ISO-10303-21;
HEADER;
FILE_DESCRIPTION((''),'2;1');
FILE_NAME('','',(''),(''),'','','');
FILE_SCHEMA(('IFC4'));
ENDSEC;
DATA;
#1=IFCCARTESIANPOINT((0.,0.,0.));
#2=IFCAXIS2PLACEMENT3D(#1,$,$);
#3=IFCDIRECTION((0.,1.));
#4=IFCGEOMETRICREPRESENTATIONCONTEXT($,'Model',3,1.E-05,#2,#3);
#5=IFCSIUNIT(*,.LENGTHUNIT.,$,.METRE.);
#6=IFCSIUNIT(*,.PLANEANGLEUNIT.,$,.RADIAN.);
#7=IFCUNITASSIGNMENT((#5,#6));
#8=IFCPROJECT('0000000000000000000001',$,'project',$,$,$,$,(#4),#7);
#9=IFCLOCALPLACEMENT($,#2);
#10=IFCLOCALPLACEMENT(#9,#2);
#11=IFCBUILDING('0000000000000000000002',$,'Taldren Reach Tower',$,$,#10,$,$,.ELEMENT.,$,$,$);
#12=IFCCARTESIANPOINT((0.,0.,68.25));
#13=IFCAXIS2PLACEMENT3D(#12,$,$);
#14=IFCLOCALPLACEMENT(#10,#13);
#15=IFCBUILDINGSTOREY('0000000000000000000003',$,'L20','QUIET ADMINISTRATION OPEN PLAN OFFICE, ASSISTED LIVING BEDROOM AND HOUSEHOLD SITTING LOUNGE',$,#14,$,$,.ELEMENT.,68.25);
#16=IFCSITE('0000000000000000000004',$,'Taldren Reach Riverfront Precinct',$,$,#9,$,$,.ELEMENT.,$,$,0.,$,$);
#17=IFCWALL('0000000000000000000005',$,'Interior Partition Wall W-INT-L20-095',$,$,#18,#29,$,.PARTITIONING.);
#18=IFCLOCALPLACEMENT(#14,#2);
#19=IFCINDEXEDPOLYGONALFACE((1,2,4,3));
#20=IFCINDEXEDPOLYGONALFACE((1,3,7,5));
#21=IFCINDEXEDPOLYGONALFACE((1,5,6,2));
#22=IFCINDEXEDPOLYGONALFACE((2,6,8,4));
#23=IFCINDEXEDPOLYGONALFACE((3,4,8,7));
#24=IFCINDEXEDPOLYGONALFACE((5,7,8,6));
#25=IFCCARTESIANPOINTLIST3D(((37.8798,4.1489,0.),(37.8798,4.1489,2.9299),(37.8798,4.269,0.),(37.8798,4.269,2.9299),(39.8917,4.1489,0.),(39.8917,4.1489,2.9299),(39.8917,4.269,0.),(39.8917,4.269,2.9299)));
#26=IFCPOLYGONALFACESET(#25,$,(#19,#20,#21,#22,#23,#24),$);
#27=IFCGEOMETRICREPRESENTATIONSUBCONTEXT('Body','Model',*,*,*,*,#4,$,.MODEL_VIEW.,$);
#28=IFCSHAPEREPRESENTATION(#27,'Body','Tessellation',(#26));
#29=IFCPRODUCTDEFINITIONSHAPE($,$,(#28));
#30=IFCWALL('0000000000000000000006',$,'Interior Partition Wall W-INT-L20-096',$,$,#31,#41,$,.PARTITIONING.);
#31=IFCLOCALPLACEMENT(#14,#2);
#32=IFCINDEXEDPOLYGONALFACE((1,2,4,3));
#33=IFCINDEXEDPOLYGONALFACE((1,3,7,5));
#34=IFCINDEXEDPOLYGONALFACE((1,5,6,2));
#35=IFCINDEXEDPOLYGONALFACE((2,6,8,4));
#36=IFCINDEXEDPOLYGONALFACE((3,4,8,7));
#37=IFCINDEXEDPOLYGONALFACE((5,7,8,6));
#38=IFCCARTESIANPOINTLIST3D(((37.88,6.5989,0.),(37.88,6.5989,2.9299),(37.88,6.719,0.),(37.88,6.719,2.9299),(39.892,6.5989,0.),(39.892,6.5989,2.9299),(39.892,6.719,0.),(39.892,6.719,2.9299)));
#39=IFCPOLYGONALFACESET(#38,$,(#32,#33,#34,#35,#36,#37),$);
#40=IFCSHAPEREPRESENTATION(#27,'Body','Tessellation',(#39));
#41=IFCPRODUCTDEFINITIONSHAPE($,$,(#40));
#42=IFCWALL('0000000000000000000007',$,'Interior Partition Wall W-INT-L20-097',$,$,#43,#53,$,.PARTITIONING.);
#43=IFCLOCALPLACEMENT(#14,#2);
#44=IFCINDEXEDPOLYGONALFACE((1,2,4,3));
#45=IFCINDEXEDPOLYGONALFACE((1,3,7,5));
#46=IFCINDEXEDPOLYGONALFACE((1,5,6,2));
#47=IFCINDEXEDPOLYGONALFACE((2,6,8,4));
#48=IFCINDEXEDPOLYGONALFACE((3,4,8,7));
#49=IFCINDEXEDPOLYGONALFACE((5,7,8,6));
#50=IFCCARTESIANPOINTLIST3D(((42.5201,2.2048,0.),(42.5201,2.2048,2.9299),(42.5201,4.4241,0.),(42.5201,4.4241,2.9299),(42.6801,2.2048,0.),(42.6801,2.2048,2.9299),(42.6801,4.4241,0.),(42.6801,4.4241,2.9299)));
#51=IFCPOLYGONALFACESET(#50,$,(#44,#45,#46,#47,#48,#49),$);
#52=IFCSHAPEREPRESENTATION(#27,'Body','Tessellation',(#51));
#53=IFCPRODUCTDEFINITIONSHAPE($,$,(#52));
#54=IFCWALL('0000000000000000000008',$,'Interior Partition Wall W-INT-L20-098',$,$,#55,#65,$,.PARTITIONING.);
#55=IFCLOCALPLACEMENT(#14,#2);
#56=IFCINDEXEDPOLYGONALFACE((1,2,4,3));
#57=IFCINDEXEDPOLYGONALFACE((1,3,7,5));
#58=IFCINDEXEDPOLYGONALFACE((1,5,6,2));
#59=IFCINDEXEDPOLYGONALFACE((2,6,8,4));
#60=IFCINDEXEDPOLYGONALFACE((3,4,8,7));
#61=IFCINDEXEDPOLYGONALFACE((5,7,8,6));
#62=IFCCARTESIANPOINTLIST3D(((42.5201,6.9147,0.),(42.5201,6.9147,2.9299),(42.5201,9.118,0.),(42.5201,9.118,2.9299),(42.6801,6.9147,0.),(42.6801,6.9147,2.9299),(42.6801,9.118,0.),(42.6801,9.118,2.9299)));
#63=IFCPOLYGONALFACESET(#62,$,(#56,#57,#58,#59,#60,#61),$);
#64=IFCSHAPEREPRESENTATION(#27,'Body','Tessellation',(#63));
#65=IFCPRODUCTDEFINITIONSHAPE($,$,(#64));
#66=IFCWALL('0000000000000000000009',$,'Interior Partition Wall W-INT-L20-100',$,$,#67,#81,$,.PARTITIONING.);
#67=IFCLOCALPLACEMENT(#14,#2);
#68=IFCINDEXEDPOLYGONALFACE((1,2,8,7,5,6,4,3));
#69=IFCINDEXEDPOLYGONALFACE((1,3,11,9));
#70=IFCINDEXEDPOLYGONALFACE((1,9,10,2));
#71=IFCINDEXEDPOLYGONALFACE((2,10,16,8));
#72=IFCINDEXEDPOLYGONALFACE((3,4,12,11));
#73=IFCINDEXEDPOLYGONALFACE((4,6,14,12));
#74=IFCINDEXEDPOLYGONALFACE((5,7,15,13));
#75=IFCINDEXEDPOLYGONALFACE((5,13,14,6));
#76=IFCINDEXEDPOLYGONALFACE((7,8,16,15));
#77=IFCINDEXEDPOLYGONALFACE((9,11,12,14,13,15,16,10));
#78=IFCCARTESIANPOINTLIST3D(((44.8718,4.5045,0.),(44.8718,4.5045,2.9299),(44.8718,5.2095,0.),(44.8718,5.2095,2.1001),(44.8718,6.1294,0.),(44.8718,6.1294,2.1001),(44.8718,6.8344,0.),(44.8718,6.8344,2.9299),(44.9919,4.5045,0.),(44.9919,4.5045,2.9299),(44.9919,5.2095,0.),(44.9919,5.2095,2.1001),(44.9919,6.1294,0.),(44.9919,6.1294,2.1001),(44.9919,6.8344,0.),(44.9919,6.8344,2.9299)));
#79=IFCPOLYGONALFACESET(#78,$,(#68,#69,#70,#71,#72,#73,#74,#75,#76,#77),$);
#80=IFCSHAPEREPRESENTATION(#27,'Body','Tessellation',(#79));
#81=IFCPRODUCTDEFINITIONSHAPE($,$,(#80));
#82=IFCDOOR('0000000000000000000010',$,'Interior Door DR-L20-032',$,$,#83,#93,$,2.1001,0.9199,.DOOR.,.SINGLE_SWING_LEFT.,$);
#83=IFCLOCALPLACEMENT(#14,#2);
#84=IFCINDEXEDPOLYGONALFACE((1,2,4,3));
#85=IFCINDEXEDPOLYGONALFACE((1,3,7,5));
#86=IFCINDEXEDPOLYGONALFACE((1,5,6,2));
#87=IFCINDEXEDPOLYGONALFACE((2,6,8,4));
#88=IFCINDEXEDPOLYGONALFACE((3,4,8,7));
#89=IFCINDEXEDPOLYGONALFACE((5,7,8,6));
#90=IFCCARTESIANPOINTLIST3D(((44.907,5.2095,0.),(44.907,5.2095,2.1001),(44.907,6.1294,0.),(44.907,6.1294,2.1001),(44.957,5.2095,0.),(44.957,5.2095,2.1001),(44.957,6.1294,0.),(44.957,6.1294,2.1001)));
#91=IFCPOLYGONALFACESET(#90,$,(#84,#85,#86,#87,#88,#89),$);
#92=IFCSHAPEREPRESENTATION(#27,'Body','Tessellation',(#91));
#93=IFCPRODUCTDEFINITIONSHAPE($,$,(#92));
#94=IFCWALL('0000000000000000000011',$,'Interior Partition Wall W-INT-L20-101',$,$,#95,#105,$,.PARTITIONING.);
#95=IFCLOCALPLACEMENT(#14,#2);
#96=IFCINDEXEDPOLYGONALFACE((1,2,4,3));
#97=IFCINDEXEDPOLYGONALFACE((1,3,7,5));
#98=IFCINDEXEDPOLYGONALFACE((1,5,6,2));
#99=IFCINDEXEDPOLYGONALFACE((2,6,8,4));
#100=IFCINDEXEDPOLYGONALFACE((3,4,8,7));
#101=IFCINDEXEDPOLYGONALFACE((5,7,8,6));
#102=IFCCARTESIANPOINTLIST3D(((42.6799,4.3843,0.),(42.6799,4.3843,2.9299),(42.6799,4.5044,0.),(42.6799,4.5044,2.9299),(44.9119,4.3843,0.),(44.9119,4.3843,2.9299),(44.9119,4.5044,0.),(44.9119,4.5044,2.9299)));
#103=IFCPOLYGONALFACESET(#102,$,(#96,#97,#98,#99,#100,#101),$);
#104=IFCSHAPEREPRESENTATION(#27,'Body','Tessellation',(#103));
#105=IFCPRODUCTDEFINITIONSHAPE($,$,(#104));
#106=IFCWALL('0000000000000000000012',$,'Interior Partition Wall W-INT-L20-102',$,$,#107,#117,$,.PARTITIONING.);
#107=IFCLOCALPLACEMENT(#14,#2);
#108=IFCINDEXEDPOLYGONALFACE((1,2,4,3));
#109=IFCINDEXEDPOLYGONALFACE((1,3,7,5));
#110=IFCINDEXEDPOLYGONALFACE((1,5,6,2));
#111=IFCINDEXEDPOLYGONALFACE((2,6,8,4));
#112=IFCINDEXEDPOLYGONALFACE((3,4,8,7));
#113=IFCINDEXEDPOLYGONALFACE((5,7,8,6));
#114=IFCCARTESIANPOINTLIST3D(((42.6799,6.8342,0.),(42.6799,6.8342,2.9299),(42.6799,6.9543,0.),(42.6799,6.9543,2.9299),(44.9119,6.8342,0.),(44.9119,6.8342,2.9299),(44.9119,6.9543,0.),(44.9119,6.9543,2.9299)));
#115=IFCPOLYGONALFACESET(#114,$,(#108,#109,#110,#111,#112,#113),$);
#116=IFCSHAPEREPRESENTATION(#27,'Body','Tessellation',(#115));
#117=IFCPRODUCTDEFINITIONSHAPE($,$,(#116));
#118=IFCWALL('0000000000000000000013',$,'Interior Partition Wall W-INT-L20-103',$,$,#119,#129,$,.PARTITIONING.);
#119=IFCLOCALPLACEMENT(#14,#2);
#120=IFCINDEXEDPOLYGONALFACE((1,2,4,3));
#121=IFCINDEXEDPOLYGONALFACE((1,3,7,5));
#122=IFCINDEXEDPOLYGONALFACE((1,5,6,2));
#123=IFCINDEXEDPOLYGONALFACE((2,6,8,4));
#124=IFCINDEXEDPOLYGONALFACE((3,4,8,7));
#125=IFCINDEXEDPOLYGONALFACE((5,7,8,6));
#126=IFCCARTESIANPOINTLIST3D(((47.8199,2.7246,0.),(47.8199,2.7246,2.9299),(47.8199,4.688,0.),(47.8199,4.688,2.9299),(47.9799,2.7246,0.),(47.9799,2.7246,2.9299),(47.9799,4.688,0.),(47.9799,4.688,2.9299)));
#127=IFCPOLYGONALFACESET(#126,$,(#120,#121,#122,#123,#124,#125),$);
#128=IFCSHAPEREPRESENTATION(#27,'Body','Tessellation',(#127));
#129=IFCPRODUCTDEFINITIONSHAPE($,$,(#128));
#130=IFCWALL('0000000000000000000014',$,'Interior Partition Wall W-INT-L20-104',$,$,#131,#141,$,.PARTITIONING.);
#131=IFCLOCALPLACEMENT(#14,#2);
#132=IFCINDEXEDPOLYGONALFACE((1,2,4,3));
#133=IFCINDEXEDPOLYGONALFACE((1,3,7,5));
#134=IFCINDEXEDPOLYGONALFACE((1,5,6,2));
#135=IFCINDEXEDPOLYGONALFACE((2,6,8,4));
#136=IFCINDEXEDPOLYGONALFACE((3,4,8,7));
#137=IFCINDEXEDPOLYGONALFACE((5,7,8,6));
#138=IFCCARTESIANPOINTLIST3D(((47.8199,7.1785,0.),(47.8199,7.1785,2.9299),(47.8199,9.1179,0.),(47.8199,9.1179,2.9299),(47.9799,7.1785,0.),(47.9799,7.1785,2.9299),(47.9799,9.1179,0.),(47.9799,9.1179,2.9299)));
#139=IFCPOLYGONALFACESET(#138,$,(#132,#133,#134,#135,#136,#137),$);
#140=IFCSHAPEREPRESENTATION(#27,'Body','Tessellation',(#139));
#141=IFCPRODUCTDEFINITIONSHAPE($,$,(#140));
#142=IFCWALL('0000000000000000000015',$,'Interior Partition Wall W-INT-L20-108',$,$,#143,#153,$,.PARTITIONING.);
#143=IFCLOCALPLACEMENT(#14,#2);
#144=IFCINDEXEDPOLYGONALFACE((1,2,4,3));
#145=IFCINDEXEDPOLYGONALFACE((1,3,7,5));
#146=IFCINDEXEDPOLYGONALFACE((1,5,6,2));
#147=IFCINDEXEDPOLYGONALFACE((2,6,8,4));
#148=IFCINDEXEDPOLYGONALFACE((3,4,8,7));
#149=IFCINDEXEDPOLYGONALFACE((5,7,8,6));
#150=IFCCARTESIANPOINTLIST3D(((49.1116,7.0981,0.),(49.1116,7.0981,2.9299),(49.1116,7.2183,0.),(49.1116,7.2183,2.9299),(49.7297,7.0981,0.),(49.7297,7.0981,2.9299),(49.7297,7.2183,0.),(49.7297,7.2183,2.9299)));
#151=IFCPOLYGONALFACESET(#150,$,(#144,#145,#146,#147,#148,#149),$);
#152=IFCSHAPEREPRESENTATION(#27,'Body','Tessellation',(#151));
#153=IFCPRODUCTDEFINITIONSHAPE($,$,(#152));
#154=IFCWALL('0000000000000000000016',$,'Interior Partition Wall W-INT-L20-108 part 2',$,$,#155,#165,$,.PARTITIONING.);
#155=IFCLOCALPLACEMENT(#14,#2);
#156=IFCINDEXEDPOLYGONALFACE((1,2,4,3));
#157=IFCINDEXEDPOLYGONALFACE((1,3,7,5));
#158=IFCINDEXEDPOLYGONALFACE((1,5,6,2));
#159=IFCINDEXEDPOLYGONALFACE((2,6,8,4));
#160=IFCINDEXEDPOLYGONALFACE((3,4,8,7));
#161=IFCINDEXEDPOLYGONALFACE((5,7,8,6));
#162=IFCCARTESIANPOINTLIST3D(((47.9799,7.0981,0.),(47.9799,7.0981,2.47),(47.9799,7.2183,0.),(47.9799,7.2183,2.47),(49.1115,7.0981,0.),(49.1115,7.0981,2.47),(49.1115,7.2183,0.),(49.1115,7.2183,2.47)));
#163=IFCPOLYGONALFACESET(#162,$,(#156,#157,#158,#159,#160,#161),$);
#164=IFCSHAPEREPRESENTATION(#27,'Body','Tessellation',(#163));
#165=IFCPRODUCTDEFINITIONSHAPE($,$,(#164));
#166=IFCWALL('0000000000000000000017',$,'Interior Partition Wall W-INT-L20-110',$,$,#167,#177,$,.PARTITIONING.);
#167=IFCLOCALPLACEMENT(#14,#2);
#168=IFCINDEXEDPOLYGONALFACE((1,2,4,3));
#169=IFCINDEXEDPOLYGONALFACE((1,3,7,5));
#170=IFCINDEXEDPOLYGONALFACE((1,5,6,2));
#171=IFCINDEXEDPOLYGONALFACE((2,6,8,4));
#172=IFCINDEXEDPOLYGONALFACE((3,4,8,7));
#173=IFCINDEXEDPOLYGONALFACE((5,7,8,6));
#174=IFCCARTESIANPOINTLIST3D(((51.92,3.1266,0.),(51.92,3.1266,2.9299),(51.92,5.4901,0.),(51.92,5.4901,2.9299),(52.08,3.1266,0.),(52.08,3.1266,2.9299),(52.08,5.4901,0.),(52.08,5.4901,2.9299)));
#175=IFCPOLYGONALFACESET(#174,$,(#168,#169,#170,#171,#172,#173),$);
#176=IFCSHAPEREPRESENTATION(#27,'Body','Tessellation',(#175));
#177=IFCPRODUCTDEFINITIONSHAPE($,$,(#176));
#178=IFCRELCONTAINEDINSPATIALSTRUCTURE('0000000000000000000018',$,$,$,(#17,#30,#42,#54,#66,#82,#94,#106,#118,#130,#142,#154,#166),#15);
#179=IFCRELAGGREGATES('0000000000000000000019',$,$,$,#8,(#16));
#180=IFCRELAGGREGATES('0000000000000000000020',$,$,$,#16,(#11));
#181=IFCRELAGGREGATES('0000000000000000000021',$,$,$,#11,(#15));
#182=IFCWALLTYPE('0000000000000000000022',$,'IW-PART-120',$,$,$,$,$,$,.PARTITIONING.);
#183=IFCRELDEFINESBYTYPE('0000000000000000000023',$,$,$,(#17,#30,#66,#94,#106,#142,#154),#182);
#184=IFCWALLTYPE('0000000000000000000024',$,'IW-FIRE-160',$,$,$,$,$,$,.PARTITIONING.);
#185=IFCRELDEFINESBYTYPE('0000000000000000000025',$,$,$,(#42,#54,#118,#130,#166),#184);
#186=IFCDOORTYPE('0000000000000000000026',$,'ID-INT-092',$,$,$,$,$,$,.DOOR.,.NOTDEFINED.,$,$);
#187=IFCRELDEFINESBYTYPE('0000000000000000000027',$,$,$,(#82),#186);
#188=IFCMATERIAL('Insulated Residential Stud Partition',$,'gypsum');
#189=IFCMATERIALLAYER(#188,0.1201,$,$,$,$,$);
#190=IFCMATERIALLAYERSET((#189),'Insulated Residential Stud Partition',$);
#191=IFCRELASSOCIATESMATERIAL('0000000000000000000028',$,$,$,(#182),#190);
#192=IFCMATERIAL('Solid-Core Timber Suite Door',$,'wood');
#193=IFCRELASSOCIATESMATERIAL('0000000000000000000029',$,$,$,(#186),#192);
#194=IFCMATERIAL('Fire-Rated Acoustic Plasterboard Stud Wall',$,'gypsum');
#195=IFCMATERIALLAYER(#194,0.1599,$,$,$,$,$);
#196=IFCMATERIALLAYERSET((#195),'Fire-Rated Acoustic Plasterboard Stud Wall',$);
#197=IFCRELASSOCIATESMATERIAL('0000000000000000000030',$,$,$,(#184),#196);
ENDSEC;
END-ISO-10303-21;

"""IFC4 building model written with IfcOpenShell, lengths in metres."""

from ifc_helpers import new_model, si_unit, direction, frame, frame_2d, origin, place, context, subcontext, project, spatial, rectangle, extrude, source, transform, mapped, material, layer, layer_set, type_object, element, fill, save


model = new_model("IFC4")

# Units and contexts
model_context = context("Model", 3, precision=1e-05, world=origin(), true_north=direction((0.0, 1.0)))
body_context = subcontext(model_context, "Body", "Model", "MODEL_VIEW")
ifc_project = project(units=[si_unit("LENGTHUNIT", "METRE"), si_unit("PLANEANGLEUNIT", "RADIAN")], contexts=[model_context])

# Site, building, storey
site_placement = place(None, origin())
site = spatial("IfcSite", under=ifc_project, at=site_placement, Name="Taldren Reach Riverfront Precinct", CompositionType="ELEMENT", RefElevation=0.0)
building_placement = place(site_placement, origin())
building = spatial("IfcBuilding", under=site, at=building_placement, Name="Taldren Reach Tower", CompositionType="ELEMENT")
storey_placement = place(building_placement, frame((0.0, 0.0, 68.25)))
storey = spatial("IfcBuildingStorey", under=building, at=storey_placement, Name="L20", Description="QUIET ADMINISTRATION OPEN PLAN OFFICE, ASSISTED LIVING BEDROOM AND HOUSEHOLD SITTING LOUNGE", CompositionType="ELEMENT", Elevation=68.25)

# Shared definitions
ifc_material_1 = material(Name="Insulated Residential Stud Partition", Category="gypsum")
ifc_layer_1 = layer(ifc_material_1, 0.1201)
ifc_layer_set_1 = layer_set([ifc_layer_1], Name="Insulated Residential Stud Partition")
wall_type_1 = type_object("IfcWallType", Name="IW-PART-120", PredefinedType="PARTITIONING", material=ifc_layer_set_1)
shared_shape_1 = source(origin(), body_context, "Body", "SweptSolid", [
    extrude(rectangle(XDim=0.9199, YDim=2.1001, at=frame_2d((0.46, 1.05))), frame((0.0, 0.0701, 0.0), z_axis=(0.0, -1.0, 0.0), x_axis=(1.0, 0.0, 0.0)), (0.0, 0.0, 1.0), 0.1401),
])
ifc_material_2 = material(Name="Solid-Core Timber Suite Door", Category="wood")
door_type = type_object("IfcDoorType", Name="ID-INT-092", OperationType="NOTDEFINED", PredefinedType="DOOR", material=ifc_material_2)
shared_shape_2 = source(origin(), body_context, "Body", "SweptSolid", [
    extrude(rectangle(XDim=0.9199, YDim=2.1001, at=frame_2d((0.46, 1.05))), frame((0.0, 0.0249, 0.0), z_axis=(0.0, -1.0, 0.0), x_axis=(1.0, 0.0, 0.0)), (0.0, 0.0, 1.0), 0.05),
])

# Walls
ifc_material_3 = material(Name="Fire-Rated Acoustic Plasterboard Stud Wall", Category="gypsum")
ifc_layer_2 = layer(ifc_material_3, 0.1599)
ifc_layer_set_2 = layer_set([ifc_layer_2], Name="Fire-Rated Acoustic Plasterboard Stud Wall")
wall_type_2 = type_object("IfcWallType", Name="IW-FIRE-160", PredefinedType="PARTITIONING", material=ifc_layer_set_2)
shared_shape_3 = source(origin(), body_context, "Body", "SweptSolid", [
    extrude(rectangle(XDim=2.012, YDim=0.1201, at=frame_2d((1.0059, 0.0))), origin(), (0.0, 0.0, 1.0), 2.9299),
])
for number, where, z_axis, x_axis, name in (
    (1, (37.8799, 4.209, 0.0), (0.0, 0.0, 1.0), (1.0, 0.0, 0.0), "Interior Partition Wall W-INT-L20-095"),
    (2, (39.8918, 6.6589, 0.0), (0.0, 0.0, 1.0), (-1.0, 0.0, 0.0), "Interior Partition Wall W-INT-L20-096"),
):
    element("IfcWall", number, at=place(storey_placement, frame(where, z_axis=z_axis, x_axis=x_axis)), inside=storey, type_object=wall_type_1, Name=name, PredefinedType="PARTITIONING", context=body_context, shape_type="MappedRepresentation", body=[
        mapped(shared_shape_3, transform((0.0, 0.0, 0.0), scale=1.0)),
    ])
shared_shape_4 = source(origin(), body_context, "Body", "SweptSolid", [
    extrude(rectangle(XDim=2.2192, YDim=0.1599, at=frame_2d((1.1096, 0.0))), origin(), (0.0, 0.0, 1.0), 2.9299),
])
wall_1_placement = place(storey_placement, frame((42.6001, 4.4241, 0.0), z_axis=(0.0, 0.0, 1.0), x_axis=(0.0, -1.0, 0.0)))
element("IfcWall", 3, at=wall_1_placement, inside=storey, type_object=wall_type_2, Name="Interior Partition Wall W-INT-L20-097", PredefinedType="PARTITIONING", context=body_context, shape_type="MappedRepresentation", body=[
    mapped(shared_shape_4, transform((0.0, 0.0, 0.0), scale=1.0)),
])
shared_shape_5 = source(origin(), body_context, "Body", "SweptSolid", [
    extrude(rectangle(XDim=2.2034, YDim=0.1599, at=frame_2d((1.1016, 0.0))), origin(), (0.0, 0.0, 1.0), 2.9299),
])
wall_2_placement = place(storey_placement, frame((42.6001, 9.1179, 0.0), z_axis=(0.0, 0.0, 1.0), x_axis=(0.0, -1.0, 0.0)))
element("IfcWall", 4, at=wall_2_placement, inside=storey, type_object=wall_type_2, Name="Interior Partition Wall W-INT-L20-098", PredefinedType="PARTITIONING", context=body_context, shape_type="MappedRepresentation", body=[
    mapped(shared_shape_5, transform((0.0, 0.0, 0.0), scale=1.0)),
])

# Wall, opening, door
shared_shape_6 = source(origin(), body_context, "Body", "SweptSolid", [
    extrude(rectangle(XDim=2.3298, YDim=0.1201, at=frame_2d((1.165, 0.0))), origin(), (0.0, 0.0, 1.0), 2.9299),
])
wall_3_placement = place(storey_placement, frame((44.9319, 4.5044, 0.0), z_axis=(0.0, 0.0, 1.0), x_axis=(0.0, 1.0, 0.0)))
wall_3 = element("IfcWall", 5, at=wall_3_placement, inside=storey, type_object=wall_type_1, Name="Interior Partition Wall W-INT-L20-100", PredefinedType="PARTITIONING", context=body_context, shape_type="MappedRepresentation", body=[
    mapped(shared_shape_6, transform((0.0, 0.0, 0.0), scale=1.0)),
])
opening_1_placement = place(wall_3_placement, frame((0.7051, 0.0, 0.0)))
opening_1 = element("IfcOpeningElement", 6, at=opening_1_placement, cuts=wall_3, PredefinedType="OPENING", context=body_context, shape_type="MappedRepresentation", body=[
    mapped(shared_shape_1, transform((0.0, 0.0, 0.0), scale=1.0)),
])
door_1_placement = place(opening_1_placement, origin())
door_1 = element("IfcDoor", 7, at=door_1_placement, inside=storey, type_object=door_type, Name="Interior Door DR-L20-032", OperationType="SINGLE_SWING_LEFT", OverallHeight=2.1001, OverallWidth=0.9199, PredefinedType="DOOR", context=body_context, shape_type="MappedRepresentation", body=[
    mapped(shared_shape_2, transform((0.0, 0.0, 0.0), scale=1.0)),
])
fill(opening_1, door_1)

# Walls
shared_shape_7 = source(origin(), body_context, "Body", "SweptSolid", [
    extrude(rectangle(XDim=2.2319, YDim=0.1201, at=frame_2d((1.116, 0.0))), origin(), (0.0, 0.0, 1.0), 2.9299),
])
for number, where, z_axis, x_axis, name in (
    (8, (42.6799, 4.4443, 0.0), (0.0, 0.0, 1.0), (1.0, 0.0, 0.0), "Interior Partition Wall W-INT-L20-101"),
    (9, (44.9119, 6.8943, 0.0), (0.0, 0.0, 1.0), (-1.0, 0.0, 0.0), "Interior Partition Wall W-INT-L20-102"),
):
    element("IfcWall", number, at=place(storey_placement, frame(where, z_axis=z_axis, x_axis=x_axis)), inside=storey, type_object=wall_type_1, Name=name, PredefinedType="PARTITIONING", context=body_context, shape_type="MappedRepresentation", body=[
        mapped(shared_shape_7, transform((0.0, 0.0, 0.0), scale=1.0)),
    ])
shared_shape_8 = source(origin(), body_context, "Body", "SweptSolid", [
    extrude(rectangle(XDim=1.9634, YDim=0.1599, at=frame_2d((0.9817, 0.0))), origin(), (0.0, 0.0, 1.0), 2.9299),
])
wall_4_placement = place(storey_placement, frame((47.8999, 4.688, 0.0), z_axis=(0.0, 0.0, 1.0), x_axis=(0.0, -1.0, 0.0)))
element("IfcWall", 10, at=wall_4_placement, inside=storey, type_object=wall_type_2, Name="Interior Partition Wall W-INT-L20-103", PredefinedType="PARTITIONING", context=body_context, shape_type="MappedRepresentation", body=[
    mapped(shared_shape_8, transform((0.0, 0.0, 0.0), scale=1.0)),
])
shared_shape_9 = source(origin(), body_context, "Body", "SweptSolid", [
    extrude(rectangle(XDim=1.9395, YDim=0.1599, at=frame_2d((0.9697, 0.0))), origin(), (0.0, 0.0, 1.0), 2.9299),
])
wall_5_placement = place(storey_placement, frame((47.8999, 9.1179, 0.0), z_axis=(0.0, 0.0, 1.0), x_axis=(0.0, -1.0, 0.0)))
element("IfcWall", 11, at=wall_5_placement, inside=storey, type_object=wall_type_2, Name="Interior Partition Wall W-INT-L20-104", PredefinedType="PARTITIONING", context=body_context, shape_type="MappedRepresentation", body=[
    mapped(shared_shape_9, transform((0.0, 0.0, 0.0), scale=1.0)),
])
shared_shape_10 = source(origin(), body_context, "Body", "SweptSolid", [
    extrude(rectangle(XDim=0.6182, YDim=0.1201, at=frame_2d((0.3091, 0.0))), origin(), (0.0, 0.0, 1.0), 2.9299),
])
wall_6_placement = place(storey_placement, frame((49.7297, 7.1582, 0.0), z_axis=(0.0, 0.0, 1.0), x_axis=(-1.0, 0.0, 0.0)))
element("IfcWall", 12, at=wall_6_placement, inside=storey, type_object=wall_type_1, Name="Interior Partition Wall W-INT-L20-108", PredefinedType="PARTITIONING", context=body_context, shape_type="MappedRepresentation", body=[
    mapped(shared_shape_10, transform((0.0, 0.0, 0.0), scale=1.0)),
])
shared_shape_11 = source(origin(), body_context, "Body", "SweptSolid", [
    extrude(rectangle(XDim=1.1316, YDim=0.1201, at=frame_2d((0.5659, 0.0))), origin(), (0.0, 0.0, 1.0), 2.47),
])
wall_7_placement = place(storey_placement, frame((49.1116, 7.1582, 0.0), z_axis=(0.0, 0.0, 1.0), x_axis=(-1.0, 0.0, 0.0)))
element("IfcWall", 13, at=wall_7_placement, inside=storey, type_object=wall_type_1, Name="Interior Partition Wall W-INT-L20-108 part 2", PredefinedType="PARTITIONING", context=body_context, shape_type="MappedRepresentation", body=[
    mapped(shared_shape_11, transform((0.0, 0.0, 0.0), scale=1.0)),
])
shared_shape_12 = source(origin(), body_context, "Body", "SweptSolid", [
    extrude(rectangle(XDim=2.3635, YDim=0.1599, at=frame_2d((1.1816, 0.0))), origin(), (0.0, 0.0, 1.0), 2.9299),
])
wall_8_placement = place(storey_placement, frame((52.0, 5.49, 0.0), z_axis=(0.0, 0.0, 1.0), x_axis=(0.0, -1.0, 0.0)))
element("IfcWall", 14, at=wall_8_placement, inside=storey, type_object=wall_type_2, Name="Interior Partition Wall W-INT-L20-110", PredefinedType="PARTITIONING", context=body_context, shape_type="MappedRepresentation", body=[
    mapped(shared_shape_12, transform((0.0, 0.0, 0.0), scale=1.0)),
])

save(model, "model.ifc")
